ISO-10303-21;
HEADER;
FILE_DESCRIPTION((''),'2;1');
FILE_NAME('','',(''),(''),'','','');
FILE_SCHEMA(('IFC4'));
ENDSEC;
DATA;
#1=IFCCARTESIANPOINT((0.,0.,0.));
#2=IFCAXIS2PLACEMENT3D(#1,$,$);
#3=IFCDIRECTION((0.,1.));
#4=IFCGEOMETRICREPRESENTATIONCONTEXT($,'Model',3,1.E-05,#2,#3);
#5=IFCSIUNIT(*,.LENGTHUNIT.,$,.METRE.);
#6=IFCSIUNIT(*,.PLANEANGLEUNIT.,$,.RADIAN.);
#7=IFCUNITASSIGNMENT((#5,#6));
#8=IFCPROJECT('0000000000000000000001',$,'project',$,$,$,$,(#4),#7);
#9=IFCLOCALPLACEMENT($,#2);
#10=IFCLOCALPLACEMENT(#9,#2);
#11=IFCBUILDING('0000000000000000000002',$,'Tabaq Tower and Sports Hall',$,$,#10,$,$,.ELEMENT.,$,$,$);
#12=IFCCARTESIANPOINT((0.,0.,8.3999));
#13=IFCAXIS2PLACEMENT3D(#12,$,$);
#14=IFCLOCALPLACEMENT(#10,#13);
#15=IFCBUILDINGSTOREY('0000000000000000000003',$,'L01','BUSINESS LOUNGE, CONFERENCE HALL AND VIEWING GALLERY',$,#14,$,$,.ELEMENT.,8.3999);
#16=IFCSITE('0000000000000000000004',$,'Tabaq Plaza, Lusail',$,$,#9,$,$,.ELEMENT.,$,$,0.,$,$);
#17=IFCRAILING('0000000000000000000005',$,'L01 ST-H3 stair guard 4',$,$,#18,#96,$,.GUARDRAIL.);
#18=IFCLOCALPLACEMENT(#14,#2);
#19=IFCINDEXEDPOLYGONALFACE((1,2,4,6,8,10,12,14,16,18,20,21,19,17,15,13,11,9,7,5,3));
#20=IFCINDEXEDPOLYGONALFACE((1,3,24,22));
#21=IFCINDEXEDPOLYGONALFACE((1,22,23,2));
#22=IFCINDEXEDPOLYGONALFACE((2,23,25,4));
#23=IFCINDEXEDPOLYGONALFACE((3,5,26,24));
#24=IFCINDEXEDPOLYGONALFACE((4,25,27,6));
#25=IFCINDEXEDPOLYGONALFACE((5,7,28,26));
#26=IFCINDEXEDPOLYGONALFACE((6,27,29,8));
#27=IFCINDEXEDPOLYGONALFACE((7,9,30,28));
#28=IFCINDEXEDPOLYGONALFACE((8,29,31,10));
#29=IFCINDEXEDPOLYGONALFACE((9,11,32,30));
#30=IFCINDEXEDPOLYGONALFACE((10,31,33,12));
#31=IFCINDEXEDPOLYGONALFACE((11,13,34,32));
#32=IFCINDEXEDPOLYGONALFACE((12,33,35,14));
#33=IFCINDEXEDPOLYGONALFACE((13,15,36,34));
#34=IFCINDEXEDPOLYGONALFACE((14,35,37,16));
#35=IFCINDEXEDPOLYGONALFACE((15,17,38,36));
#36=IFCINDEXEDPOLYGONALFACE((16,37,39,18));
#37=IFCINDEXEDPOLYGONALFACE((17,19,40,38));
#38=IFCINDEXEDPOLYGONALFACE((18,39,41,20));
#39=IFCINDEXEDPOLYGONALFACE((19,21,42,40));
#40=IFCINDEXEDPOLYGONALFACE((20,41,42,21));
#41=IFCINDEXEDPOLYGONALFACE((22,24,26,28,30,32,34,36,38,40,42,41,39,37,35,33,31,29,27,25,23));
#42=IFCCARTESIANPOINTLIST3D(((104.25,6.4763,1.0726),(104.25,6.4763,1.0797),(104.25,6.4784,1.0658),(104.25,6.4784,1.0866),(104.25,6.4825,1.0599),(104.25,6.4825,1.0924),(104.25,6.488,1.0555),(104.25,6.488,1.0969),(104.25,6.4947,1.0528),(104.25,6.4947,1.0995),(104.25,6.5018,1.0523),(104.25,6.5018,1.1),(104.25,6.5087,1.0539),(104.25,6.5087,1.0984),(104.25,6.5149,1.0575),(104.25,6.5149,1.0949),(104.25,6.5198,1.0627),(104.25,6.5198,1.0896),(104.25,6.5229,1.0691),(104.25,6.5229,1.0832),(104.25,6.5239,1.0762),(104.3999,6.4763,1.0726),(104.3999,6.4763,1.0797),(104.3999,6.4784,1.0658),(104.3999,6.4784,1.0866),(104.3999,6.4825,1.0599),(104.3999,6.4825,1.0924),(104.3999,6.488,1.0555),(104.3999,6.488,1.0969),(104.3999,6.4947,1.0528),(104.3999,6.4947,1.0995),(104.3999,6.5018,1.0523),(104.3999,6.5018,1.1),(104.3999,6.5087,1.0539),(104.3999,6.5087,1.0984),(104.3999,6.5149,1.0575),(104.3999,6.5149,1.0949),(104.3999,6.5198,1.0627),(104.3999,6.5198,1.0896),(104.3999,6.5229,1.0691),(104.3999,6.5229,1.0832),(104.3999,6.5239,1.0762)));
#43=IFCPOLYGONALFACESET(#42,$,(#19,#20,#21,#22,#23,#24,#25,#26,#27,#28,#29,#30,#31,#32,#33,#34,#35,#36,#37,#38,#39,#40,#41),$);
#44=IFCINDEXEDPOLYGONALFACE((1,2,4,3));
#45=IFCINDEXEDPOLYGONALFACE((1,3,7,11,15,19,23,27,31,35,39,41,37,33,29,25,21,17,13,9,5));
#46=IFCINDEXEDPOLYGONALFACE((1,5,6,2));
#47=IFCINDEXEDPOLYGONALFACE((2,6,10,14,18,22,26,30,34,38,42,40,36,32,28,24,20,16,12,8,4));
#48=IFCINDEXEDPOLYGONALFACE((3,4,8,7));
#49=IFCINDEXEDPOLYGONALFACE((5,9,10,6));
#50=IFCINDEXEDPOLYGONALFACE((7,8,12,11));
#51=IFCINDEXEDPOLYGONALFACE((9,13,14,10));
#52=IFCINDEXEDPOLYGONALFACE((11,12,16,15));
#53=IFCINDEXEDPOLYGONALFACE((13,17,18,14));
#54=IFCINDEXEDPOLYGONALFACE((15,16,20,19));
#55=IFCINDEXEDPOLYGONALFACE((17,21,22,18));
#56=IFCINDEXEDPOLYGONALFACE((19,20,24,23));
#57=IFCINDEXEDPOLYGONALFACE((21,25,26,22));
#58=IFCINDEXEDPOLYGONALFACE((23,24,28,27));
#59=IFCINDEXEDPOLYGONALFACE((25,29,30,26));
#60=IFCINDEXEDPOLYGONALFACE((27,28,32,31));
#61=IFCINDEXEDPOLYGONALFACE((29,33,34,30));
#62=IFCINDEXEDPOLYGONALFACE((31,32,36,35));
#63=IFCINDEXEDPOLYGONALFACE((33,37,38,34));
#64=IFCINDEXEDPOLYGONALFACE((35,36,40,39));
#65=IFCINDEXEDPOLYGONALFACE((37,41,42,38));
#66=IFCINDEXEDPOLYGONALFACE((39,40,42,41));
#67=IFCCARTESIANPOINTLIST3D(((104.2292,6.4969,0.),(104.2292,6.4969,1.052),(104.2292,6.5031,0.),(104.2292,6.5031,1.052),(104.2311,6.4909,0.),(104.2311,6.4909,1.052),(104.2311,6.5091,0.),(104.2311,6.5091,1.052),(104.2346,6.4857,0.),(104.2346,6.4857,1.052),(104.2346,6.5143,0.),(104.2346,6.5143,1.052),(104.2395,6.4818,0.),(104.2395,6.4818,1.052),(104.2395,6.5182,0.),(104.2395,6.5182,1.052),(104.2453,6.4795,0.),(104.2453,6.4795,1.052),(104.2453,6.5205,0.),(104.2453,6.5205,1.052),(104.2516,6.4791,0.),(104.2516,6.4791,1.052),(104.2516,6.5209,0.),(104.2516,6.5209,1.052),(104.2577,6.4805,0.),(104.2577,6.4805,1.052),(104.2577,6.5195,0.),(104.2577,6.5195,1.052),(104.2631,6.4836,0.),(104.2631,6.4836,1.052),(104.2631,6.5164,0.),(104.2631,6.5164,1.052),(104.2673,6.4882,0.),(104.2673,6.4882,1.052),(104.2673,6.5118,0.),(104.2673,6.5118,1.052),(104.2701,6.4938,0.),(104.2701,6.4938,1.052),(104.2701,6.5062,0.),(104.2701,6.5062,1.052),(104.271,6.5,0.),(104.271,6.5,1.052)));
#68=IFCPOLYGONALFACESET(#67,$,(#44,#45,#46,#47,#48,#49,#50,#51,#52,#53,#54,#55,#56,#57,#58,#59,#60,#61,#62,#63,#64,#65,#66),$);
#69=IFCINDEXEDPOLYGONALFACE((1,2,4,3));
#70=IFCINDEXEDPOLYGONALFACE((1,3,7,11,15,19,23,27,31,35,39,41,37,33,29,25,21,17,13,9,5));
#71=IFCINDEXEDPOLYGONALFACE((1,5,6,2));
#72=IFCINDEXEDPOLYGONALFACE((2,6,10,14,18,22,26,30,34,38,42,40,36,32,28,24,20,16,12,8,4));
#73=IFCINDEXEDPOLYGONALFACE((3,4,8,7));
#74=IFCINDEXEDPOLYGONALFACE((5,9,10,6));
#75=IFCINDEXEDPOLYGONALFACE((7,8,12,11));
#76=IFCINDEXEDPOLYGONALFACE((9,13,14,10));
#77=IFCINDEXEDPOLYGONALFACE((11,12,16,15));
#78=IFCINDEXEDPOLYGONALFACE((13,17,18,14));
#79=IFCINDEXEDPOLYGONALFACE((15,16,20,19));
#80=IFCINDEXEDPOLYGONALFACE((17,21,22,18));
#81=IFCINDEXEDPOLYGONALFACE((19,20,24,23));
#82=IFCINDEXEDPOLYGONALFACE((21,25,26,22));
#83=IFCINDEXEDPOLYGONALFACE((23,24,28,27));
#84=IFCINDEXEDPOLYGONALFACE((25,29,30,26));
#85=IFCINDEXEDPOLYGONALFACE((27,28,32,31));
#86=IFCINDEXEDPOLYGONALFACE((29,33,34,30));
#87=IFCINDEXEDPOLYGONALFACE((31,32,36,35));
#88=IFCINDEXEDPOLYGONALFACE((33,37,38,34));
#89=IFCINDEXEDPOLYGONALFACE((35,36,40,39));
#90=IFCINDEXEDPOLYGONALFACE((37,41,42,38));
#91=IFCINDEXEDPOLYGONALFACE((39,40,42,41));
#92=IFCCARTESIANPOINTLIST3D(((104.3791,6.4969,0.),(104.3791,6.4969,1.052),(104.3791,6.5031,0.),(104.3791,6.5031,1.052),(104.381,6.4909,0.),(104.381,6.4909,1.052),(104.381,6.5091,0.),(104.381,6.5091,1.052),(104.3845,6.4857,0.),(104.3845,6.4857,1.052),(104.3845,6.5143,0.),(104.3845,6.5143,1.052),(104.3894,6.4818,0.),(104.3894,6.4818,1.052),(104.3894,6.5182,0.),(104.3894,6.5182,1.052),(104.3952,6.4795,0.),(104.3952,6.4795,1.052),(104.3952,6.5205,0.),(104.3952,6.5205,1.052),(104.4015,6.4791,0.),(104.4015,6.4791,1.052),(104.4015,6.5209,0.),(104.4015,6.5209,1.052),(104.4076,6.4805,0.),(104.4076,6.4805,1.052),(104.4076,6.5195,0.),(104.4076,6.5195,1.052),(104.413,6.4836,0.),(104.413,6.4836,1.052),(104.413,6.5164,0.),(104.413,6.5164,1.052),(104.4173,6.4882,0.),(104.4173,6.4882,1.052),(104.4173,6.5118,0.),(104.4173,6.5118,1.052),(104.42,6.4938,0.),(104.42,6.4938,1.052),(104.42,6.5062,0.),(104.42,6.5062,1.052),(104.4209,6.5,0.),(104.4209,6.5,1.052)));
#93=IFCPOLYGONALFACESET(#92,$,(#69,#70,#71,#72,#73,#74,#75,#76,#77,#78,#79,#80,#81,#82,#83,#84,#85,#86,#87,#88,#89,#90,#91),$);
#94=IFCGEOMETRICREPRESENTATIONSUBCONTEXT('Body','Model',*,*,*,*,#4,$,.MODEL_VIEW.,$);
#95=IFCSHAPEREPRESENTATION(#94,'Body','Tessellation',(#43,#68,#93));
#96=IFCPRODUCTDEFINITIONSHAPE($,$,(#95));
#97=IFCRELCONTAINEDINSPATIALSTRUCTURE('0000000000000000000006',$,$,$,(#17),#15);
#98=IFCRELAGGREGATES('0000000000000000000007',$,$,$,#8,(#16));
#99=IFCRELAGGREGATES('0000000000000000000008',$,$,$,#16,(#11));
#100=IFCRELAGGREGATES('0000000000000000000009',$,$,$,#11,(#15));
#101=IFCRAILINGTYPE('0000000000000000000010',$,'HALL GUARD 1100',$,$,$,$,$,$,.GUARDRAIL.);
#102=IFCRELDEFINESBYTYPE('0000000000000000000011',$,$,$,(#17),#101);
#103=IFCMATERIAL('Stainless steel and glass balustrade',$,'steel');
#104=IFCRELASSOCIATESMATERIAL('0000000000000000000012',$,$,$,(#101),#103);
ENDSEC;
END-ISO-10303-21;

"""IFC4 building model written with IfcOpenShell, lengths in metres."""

from ifc_helpers import new_model, si_unit, direction, frame, origin, origin_2d, place, context, subcontext, project, spatial, circle, extrude, material, type_object, element, save


model = new_model("IFC4")

# Units and contexts
model_context = context("Model", 3, precision=1e-05, world=origin(), true_north=direction((0.0, 1.0)))
body_context = subcontext(model_context, "Body", "Model", "MODEL_VIEW")
ifc_project = project(units=[si_unit("LENGTHUNIT", "METRE"), si_unit("PLANEANGLEUNIT", "RADIAN")], contexts=[model_context])

# Site, building, storey
site_placement = place(None, origin())
site = spatial("IfcSite", under=ifc_project, at=site_placement, Name="Tabaq Plaza, Lusail", CompositionType="ELEMENT", RefElevation=0.0)
building_placement = place(site_placement, origin())
building = spatial("IfcBuilding", under=site, at=building_placement, Name="Tabaq Tower and Sports Hall", CompositionType="ELEMENT")
storey_placement = place(building_placement, frame((0.0, 0.0, 8.3999)))
storey = spatial("IfcBuildingStorey", under=building, at=storey_placement, Name="L01", Description="BUSINESS LOUNGE, CONFERENCE HALL AND VIEWING GALLERY", CompositionType="ELEMENT", Elevation=8.3999)

# Railing
ifc_material_1 = material(Name="Stainless steel and glass balustrade", Category="steel")
railing_type_1 = type_object("IfcRailingType", Name="HALL GUARD 1100", PredefinedType="GUARDRAIL", material=ifc_material_1)
railing_1_placement = place(storey_placement, frame((104.25, 6.5, 0.0)))
element("IfcRailing", 1, at=railing_1_placement, inside=storey, type_object=railing_type_1, Name="L01 ST-H3 stair guard 4", PredefinedType="GUARDRAIL", context=body_context, shape_type="SweptSolid", body=[
    extrude(circle(Radius=0.0239, at=origin_2d()), frame((0.0, 0.0, 1.0762), z_axis=(1.0, 0.0, 0.0), x_axis=(0.0, 1.0, 0.0)), (0.0, 0.0, 1.0), 0.1499),
    extrude(circle(Radius=0.021, at=origin_2d()), origin(), (0.0, 0.0, 1.0), 1.052),
    extrude(circle(Radius=0.021, at=origin_2d()), frame((0.1499, 0.0, 0.0)), (0.0, 0.0, 1.0), 1.052),
])

save(model, "model.ifc")
